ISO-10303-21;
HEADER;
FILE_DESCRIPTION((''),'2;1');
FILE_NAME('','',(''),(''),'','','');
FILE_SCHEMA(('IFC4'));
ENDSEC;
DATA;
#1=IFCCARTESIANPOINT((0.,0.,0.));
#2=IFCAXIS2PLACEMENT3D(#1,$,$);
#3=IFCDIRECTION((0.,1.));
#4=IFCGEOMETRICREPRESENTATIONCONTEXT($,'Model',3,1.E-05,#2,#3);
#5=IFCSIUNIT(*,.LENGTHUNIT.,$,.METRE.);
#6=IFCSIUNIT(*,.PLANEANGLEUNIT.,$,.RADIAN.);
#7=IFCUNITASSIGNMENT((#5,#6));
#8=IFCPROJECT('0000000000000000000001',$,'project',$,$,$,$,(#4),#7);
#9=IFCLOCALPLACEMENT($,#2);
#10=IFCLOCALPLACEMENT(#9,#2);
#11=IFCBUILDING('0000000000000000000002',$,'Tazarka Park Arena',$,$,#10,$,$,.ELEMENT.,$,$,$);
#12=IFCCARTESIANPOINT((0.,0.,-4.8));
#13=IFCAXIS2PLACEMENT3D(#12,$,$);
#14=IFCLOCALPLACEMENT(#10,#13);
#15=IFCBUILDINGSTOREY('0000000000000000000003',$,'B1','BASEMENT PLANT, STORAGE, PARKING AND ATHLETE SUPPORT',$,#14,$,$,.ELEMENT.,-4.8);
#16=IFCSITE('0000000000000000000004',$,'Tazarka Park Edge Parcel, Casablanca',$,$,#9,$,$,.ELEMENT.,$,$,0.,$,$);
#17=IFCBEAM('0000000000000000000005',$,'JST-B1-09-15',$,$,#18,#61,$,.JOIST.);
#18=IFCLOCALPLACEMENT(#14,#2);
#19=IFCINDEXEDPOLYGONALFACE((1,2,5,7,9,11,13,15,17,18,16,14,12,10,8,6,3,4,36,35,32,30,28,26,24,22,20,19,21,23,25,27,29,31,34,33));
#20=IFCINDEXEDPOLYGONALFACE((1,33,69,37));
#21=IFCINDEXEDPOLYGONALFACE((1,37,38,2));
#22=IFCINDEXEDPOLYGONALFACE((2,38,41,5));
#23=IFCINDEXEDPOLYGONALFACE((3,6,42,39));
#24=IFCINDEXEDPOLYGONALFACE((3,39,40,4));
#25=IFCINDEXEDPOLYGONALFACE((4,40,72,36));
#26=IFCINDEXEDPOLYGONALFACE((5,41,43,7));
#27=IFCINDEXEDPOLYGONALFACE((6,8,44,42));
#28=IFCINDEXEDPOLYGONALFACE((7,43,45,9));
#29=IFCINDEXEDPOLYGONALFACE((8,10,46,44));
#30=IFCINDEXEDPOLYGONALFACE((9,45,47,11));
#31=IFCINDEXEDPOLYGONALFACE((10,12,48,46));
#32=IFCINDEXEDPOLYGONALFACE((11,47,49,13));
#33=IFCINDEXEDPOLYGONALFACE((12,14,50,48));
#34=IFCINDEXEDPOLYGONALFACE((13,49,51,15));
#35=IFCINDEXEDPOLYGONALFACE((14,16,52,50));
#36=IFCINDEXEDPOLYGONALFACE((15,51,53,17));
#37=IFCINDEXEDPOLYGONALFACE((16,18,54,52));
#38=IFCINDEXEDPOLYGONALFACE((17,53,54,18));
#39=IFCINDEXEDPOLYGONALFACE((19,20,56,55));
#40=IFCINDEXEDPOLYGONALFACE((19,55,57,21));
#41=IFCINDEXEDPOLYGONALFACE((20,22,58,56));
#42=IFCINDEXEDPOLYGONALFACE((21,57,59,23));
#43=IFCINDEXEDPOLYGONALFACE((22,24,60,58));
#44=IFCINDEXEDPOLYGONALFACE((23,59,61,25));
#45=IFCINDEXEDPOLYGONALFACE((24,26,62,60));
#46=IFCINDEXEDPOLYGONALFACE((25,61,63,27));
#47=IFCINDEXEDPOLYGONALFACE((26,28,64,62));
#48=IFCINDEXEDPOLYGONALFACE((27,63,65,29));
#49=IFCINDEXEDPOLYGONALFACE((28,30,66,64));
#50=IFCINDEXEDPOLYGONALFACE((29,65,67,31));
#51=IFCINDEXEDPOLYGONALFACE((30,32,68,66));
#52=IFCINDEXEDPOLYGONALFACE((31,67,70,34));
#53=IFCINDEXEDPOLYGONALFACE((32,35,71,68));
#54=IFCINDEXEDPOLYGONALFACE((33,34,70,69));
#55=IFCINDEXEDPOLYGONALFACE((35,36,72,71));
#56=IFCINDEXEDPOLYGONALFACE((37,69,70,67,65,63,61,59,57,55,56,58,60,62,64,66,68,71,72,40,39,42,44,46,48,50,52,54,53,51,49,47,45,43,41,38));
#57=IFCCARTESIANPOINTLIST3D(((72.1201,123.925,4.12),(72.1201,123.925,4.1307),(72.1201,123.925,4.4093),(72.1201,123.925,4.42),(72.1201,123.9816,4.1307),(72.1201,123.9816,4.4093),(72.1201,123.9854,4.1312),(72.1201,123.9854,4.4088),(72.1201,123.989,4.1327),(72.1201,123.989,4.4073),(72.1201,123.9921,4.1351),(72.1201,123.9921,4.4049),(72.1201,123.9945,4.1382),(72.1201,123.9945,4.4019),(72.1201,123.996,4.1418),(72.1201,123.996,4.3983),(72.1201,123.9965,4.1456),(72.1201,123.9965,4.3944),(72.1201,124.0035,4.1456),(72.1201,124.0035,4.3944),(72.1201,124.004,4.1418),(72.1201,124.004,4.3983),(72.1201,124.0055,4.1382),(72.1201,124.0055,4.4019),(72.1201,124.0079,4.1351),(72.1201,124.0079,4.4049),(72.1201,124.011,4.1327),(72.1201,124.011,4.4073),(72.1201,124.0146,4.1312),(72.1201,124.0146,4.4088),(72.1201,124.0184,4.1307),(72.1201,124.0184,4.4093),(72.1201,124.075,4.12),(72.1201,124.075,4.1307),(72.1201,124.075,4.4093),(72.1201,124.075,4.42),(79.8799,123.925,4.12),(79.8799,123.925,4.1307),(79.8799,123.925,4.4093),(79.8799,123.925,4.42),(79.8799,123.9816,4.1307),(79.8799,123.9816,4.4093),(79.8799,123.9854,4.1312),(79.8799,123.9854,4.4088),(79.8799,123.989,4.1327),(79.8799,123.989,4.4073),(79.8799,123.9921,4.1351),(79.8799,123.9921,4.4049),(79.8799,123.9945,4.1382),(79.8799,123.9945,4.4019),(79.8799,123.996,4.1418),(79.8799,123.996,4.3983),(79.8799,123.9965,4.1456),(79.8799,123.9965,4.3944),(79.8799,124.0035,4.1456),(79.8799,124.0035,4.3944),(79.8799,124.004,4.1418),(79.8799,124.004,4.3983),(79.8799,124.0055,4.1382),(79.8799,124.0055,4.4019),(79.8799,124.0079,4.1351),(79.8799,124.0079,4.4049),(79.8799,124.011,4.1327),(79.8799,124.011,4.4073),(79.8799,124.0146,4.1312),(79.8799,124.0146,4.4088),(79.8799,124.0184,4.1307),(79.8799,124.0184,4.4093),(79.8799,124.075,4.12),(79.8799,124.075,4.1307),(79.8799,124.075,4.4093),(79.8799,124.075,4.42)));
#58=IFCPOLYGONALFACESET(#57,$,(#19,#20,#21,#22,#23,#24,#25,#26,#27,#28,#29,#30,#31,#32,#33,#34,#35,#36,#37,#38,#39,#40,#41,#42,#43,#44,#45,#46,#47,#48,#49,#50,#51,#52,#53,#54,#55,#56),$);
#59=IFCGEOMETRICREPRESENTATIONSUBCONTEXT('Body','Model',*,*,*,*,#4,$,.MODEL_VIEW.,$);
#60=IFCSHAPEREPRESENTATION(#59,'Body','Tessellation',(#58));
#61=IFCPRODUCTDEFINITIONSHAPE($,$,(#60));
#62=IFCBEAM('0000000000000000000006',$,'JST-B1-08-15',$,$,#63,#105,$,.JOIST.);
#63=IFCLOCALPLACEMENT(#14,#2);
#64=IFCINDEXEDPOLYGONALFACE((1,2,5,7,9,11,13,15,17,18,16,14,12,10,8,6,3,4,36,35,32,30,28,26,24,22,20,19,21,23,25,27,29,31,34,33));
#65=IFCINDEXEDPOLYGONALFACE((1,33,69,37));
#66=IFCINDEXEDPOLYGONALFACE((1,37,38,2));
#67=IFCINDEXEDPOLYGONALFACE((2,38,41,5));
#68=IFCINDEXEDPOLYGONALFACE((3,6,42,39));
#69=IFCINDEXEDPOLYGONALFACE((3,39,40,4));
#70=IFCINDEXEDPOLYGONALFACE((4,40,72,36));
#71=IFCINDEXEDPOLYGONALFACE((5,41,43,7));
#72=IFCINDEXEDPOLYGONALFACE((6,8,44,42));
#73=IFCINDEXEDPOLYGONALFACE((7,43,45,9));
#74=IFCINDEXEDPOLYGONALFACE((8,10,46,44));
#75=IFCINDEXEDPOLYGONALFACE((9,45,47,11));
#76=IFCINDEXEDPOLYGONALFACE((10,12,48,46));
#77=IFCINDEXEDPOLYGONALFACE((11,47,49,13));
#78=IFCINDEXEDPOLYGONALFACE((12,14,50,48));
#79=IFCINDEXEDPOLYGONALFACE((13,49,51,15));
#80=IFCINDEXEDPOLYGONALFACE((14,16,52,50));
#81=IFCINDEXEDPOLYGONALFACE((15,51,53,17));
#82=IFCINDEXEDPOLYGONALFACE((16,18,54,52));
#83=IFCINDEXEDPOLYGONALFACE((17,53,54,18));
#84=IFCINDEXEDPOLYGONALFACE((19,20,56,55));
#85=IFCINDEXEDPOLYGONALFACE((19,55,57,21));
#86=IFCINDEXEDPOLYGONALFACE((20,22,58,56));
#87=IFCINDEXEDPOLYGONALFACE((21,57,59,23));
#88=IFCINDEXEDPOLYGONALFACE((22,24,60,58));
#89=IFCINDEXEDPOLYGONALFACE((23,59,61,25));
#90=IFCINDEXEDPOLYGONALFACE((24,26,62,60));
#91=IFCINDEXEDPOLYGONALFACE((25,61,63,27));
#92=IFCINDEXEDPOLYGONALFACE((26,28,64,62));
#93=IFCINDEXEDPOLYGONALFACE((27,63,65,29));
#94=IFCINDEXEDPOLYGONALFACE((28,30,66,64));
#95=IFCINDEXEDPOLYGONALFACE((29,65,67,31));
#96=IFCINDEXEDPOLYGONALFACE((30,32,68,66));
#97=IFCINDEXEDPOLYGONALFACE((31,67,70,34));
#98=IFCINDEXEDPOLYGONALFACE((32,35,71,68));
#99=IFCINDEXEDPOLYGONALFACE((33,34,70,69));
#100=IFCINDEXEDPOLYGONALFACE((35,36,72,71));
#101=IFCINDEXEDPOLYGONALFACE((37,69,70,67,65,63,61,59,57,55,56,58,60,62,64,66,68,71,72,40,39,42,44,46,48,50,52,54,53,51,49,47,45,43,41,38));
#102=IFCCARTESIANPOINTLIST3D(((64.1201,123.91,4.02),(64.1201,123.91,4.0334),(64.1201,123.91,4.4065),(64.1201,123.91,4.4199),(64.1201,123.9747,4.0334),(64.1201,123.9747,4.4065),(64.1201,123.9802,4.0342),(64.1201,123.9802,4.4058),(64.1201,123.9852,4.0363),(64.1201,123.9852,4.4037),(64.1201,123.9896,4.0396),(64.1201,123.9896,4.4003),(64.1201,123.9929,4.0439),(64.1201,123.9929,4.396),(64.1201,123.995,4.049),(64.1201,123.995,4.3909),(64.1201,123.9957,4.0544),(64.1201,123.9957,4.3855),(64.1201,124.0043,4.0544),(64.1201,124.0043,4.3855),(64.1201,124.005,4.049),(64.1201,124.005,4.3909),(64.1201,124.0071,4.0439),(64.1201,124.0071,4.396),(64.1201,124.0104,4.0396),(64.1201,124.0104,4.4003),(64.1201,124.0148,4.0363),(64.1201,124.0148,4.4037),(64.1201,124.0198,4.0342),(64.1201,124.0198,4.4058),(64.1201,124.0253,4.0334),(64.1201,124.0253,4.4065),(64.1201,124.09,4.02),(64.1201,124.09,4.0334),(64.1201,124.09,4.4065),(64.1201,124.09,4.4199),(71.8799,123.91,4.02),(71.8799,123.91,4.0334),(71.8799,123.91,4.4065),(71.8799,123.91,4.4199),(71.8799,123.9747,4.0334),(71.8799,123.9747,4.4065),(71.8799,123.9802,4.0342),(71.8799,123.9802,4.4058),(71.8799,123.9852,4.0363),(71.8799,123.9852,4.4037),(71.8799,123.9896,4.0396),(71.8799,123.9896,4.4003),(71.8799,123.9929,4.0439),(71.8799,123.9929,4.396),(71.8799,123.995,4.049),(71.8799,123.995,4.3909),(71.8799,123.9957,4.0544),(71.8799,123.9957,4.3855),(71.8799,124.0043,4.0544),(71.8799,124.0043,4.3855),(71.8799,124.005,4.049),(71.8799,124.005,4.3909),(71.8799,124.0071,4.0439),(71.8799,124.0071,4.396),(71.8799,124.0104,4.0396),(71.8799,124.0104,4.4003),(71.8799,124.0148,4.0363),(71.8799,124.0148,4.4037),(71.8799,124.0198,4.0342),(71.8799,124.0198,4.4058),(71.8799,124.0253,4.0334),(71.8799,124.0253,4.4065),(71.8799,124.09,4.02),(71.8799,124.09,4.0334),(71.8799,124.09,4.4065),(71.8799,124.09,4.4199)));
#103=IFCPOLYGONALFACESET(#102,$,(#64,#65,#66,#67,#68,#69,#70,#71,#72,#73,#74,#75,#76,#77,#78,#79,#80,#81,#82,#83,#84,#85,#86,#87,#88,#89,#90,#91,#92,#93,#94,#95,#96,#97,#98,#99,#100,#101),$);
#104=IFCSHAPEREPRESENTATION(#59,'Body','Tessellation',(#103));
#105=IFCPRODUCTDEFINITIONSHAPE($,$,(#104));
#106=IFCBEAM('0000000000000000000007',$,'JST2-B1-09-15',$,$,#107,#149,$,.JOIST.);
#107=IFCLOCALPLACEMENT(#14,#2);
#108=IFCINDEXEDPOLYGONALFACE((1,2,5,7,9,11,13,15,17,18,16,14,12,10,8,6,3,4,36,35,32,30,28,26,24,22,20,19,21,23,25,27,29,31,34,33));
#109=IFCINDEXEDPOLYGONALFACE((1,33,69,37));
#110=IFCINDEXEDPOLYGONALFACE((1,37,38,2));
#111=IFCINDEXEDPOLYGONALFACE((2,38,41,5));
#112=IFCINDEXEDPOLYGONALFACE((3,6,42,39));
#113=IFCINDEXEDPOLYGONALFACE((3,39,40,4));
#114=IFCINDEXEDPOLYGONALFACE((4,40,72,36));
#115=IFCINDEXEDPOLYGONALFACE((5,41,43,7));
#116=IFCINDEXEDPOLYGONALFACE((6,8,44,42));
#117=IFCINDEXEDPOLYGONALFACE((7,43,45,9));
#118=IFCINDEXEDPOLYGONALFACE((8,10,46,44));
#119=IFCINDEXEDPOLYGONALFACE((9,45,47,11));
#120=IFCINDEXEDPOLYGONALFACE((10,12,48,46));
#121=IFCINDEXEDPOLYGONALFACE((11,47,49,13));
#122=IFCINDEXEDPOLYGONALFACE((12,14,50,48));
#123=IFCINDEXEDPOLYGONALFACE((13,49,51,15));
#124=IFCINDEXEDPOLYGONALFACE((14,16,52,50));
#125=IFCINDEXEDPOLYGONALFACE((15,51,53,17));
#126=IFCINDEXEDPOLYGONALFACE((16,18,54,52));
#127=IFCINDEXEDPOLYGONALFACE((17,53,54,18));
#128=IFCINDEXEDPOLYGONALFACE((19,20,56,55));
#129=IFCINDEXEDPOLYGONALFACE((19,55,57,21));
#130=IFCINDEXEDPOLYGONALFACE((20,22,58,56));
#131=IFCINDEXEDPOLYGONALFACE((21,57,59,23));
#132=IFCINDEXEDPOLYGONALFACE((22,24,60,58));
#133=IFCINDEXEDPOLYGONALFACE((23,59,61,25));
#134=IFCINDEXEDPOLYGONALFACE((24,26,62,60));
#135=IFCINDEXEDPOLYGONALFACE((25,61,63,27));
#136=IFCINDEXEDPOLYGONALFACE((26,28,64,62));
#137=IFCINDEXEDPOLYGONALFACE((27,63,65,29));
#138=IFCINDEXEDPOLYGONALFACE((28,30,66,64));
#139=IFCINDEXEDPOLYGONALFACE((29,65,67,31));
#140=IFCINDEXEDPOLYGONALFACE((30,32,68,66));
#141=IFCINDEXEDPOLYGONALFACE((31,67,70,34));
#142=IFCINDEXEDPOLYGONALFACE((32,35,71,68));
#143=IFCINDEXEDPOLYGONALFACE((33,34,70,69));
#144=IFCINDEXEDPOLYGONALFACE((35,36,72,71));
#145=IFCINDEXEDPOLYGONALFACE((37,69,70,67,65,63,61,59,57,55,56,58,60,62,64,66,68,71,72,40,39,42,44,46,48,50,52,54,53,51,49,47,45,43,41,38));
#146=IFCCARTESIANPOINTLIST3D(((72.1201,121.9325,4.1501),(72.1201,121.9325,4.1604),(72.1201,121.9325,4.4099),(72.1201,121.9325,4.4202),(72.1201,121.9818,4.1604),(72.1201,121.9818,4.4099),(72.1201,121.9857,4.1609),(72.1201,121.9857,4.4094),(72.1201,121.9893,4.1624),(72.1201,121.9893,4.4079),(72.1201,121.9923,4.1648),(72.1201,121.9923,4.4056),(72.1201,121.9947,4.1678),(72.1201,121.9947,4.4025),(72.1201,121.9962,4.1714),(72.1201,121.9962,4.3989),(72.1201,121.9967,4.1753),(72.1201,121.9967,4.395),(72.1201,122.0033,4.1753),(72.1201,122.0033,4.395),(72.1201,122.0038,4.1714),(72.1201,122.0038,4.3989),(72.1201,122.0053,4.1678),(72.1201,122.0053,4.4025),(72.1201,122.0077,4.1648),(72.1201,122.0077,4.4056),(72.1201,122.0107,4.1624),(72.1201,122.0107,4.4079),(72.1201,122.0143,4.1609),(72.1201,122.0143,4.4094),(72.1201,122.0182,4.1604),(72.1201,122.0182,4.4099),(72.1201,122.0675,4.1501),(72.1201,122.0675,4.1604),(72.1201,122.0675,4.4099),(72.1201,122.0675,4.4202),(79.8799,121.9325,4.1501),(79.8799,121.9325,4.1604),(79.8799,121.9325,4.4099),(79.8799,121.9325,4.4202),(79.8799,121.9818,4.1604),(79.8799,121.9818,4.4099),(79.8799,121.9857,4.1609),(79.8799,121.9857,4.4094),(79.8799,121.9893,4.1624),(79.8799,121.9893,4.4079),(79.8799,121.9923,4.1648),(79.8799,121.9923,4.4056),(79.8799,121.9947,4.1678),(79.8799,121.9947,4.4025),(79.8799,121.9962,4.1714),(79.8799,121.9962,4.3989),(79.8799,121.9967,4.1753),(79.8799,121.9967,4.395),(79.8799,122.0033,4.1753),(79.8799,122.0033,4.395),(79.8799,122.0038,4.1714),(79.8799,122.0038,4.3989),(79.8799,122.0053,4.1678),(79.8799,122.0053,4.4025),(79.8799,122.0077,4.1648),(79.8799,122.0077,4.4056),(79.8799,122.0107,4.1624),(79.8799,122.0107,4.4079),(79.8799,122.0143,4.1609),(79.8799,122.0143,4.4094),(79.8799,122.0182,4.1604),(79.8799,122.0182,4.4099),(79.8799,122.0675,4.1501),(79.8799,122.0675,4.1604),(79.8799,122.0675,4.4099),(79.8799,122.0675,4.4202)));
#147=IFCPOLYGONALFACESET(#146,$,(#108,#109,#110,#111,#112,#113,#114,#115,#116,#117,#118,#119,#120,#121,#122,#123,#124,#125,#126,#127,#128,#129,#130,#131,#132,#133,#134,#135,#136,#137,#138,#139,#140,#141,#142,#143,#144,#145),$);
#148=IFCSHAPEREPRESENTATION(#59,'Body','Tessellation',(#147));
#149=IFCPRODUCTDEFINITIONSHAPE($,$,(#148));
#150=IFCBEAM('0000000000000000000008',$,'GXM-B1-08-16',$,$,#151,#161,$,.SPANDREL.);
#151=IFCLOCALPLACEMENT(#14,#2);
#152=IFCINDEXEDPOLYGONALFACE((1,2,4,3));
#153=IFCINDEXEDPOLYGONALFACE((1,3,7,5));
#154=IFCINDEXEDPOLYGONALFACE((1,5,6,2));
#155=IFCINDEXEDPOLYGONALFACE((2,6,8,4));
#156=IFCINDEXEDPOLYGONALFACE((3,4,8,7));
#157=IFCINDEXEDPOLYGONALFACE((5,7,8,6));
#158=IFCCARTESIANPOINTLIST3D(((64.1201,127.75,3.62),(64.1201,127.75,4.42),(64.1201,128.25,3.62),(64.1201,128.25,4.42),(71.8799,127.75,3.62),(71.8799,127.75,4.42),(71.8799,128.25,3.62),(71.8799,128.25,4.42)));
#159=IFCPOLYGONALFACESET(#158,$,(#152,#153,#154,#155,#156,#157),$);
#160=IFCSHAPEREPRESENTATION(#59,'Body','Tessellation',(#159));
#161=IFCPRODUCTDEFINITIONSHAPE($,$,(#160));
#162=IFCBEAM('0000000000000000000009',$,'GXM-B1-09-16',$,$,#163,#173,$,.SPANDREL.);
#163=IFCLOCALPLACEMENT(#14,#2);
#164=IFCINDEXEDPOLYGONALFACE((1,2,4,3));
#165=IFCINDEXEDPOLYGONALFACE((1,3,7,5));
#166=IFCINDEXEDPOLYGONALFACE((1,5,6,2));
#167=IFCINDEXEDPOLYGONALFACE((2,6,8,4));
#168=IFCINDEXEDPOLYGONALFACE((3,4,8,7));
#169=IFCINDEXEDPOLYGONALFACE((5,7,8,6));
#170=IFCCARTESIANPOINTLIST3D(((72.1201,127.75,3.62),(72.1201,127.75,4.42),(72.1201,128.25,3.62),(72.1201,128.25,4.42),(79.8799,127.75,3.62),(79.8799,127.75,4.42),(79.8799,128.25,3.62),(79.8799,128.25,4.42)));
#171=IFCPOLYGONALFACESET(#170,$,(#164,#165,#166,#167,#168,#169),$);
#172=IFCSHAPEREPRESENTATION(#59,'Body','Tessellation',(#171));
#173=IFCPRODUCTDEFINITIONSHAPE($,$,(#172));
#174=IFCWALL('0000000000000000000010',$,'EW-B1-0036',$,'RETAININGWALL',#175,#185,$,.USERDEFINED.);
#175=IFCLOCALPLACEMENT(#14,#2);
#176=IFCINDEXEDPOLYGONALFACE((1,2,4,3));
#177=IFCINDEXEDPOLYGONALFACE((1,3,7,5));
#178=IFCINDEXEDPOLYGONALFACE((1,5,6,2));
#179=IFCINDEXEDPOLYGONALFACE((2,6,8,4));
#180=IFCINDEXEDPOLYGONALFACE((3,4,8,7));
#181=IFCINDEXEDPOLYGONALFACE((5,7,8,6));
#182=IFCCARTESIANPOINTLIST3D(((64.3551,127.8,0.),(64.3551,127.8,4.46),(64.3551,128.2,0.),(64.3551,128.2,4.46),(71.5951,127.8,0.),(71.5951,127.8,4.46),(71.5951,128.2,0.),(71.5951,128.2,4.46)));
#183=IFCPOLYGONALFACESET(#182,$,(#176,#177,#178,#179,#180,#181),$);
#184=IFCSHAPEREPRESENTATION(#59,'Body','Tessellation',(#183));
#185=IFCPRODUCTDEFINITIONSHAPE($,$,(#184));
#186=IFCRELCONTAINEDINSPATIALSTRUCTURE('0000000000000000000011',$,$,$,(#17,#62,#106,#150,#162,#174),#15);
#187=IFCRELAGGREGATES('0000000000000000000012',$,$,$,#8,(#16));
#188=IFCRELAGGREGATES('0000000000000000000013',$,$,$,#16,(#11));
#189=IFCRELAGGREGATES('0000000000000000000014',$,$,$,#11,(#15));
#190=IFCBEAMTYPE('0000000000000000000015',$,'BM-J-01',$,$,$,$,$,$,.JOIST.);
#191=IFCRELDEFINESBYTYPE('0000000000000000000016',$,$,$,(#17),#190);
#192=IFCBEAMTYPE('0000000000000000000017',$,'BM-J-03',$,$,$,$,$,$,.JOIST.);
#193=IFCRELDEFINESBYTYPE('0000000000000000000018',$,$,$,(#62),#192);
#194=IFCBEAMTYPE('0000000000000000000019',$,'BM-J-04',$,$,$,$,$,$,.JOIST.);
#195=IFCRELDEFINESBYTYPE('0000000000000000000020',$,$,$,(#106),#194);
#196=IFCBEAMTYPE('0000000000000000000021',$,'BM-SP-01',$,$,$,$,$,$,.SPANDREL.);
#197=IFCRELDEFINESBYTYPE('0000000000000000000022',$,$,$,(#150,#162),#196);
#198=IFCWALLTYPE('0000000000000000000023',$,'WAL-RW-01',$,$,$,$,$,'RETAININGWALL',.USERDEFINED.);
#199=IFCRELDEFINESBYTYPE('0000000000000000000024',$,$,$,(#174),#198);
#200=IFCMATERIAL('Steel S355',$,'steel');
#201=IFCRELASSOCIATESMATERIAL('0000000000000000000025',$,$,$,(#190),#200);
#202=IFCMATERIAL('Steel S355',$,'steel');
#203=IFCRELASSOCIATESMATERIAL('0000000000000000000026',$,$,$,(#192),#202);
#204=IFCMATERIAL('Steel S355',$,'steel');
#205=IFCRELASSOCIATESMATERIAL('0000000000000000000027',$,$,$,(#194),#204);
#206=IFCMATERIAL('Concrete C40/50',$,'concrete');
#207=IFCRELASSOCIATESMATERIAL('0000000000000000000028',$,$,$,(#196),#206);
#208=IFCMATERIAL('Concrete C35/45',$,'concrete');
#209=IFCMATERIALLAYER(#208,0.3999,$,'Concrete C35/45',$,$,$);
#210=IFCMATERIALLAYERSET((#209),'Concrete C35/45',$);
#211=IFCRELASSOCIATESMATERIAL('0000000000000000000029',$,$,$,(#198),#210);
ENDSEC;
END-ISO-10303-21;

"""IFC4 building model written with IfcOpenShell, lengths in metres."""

from ifc_helpers import new_model, si_unit, direction, frame, frame_2d, origin, origin_2d, place, context, subcontext, project, spatial, rectangle, i_section, extrude, material, layer, layer_set, material_profile, profile_set, type_object, element, save


model = new_model("IFC4")

# Units and contexts
model_context = context("Model", 3, precision=1e-05, world=origin(), true_north=direction((0.0, 1.0)))
body_context = subcontext(model_context, "Body", "Model", "MODEL_VIEW")
ifc_project = project(units=[si_unit("LENGTHUNIT", "METRE"), si_unit("PLANEANGLEUNIT", "RADIAN")], contexts=[model_context])

# Site, building, storey
site_placement = place(None, origin())
site = spatial("IfcSite", under=ifc_project, at=site_placement, Name="Tazarka Park Edge Parcel, Casablanca", CompositionType="ELEMENT", RefElevation=0.0)
building_placement = place(site_placement, origin())
building = spatial("IfcBuilding", under=site, at=building_placement, Name="Tazarka Park Arena", CompositionType="ELEMENT")
storey_placement = place(building_placement, frame((0.0, 0.0, -4.8)))
storey = spatial("IfcBuildingStorey", under=building, at=storey_placement, Name="B1", Description="BASEMENT PLANT, STORAGE, PARKING AND ATHLETE SUPPORT", CompositionType="ELEMENT", Elevation=-4.8)

# Beams
ifc_material_1 = material(Name="Steel S355", Category="steel")
ifc_material_profile_1 = material_profile(ifc_material_1, i_section(OverallWidth=0.1499, OverallDepth=0.3, WebThickness=0.0071, FlangeThickness=0.0107, FilletRadius=0.0149, at=origin_2d()), Name="Steel S355")
ifc_profile_set_1 = profile_set([ifc_material_profile_1], Name="Steel S355")
beam_type_1 = type_object("IfcBeamType", Name="BM-J-01", PredefinedType="JOIST", material=ifc_profile_set_1)
beam_1_placement = place(storey_placement, frame((72.1201, 124.0, 4.27), z_axis=(1.0, 0.0, 0.0), x_axis=(0.0, 1.0, 0.0)))
element("IfcBeam", 1, at=beam_1_placement, inside=storey, type_object=beam_type_1, Name="JST-B1-09-15", PredefinedType="JOIST", context=body_context, shape_type="SweptSolid", body=[
    extrude(i_section(OverallWidth=0.1499, OverallDepth=0.3, WebThickness=0.0071, FlangeThickness=0.0107, FilletRadius=0.0149, at=origin_2d()), origin(), (0.0, 0.0, 1.0), 7.7598),
])
ifc_material_2 = material(Name="Steel S355", Category="steel")
ifc_material_profile_2 = material_profile(ifc_material_2, i_section(OverallWidth=0.1799, OverallDepth=0.3999, WebThickness=0.0085, FlangeThickness=0.0134, FilletRadius=0.021, at=origin_2d()), Name="Steel S355")
ifc_profile_set_2 = profile_set([ifc_material_profile_2], Name="Steel S355")
beam_type_2 = type_object("IfcBeamType", Name="BM-J-03", PredefinedType="JOIST", material=ifc_profile_set_2)
beam_2_placement = place(storey_placement, frame((64.1201, 124.0, 4.22), z_axis=(1.0, 0.0, 0.0), x_axis=(0.0, 1.0, 0.0)))
element("IfcBeam", 2, at=beam_2_placement, inside=storey, type_object=beam_type_2, Name="JST-B1-08-15", PredefinedType="JOIST", context=body_context, shape_type="SweptSolid", body=[
    extrude(i_section(OverallWidth=0.1799, OverallDepth=0.3999, WebThickness=0.0085, FlangeThickness=0.0134, FilletRadius=0.021, at=origin_2d()), origin(), (0.0, 0.0, 1.0), 7.7598),
])
ifc_material_3 = material(Name="Steel S355", Category="steel")
ifc_material_profile_3 = material_profile(ifc_material_3, i_section(OverallWidth=0.135, OverallDepth=0.27, WebThickness=0.0066, FlangeThickness=0.0103, FilletRadius=0.0149, at=origin_2d()), Name="Steel S355")
ifc_profile_set_3 = profile_set([ifc_material_profile_3], Name="Steel S355")
beam_type_3 = type_object("IfcBeamType", Name="BM-J-04", PredefinedType="JOIST", material=ifc_profile_set_3)
beam_3_placement = place(storey_placement, frame((72.1201, 122.0, 4.2852), z_axis=(1.0, 0.0, 0.0), x_axis=(0.0, 1.0, 0.0)))
element("IfcBeam", 3, at=beam_3_placement, inside=storey, type_object=beam_type_3, Name="JST2-B1-09-15", PredefinedType="JOIST", context=body_context, shape_type="SweptSolid", body=[
    extrude(i_section(OverallWidth=0.135, OverallDepth=0.27, WebThickness=0.0066, FlangeThickness=0.0103, FilletRadius=0.0149, at=origin_2d()), origin(), (0.0, 0.0, 1.0), 7.7598),
])
ifc_material_4 = material(Name="Concrete C40/50", Category="concrete")
ifc_material_profile_4 = material_profile(ifc_material_4, rectangle(XDim=0.5, YDim=0.8, at=origin_2d()), Name="Concrete C40/50")
ifc_profile_set_4 = profile_set([ifc_material_profile_4], Name="Concrete C40/50")
beam_type_4 = type_object("IfcBeamType", Name="BM-SP-01", PredefinedType="SPANDREL", material=ifc_profile_set_4)
for number, where, z_axis, x_axis, name in (
    (4, (64.1201, 128.0, 4.02), (1.0, 0.0, 0.0), (0.0, 1.0, 0.0), "GXM-B1-08-16"),
    (5, (72.1201, 128.0, 4.02), (1.0, 0.0, 0.0), (0.0, 1.0, 0.0), "GXM-B1-09-16"),
):
    element("IfcBeam", number, at=place(storey_placement, frame(where, z_axis=z_axis, x_axis=x_axis)), inside=storey, type_object=beam_type_4, Name=name, PredefinedType="SPANDREL", context=body_context, shape_type="SweptSolid", body=[
        extrude(rectangle(XDim=0.5, YDim=0.8, at=origin_2d()), origin(), (0.0, 0.0, 1.0), 7.7598),
    ])

# Wall
ifc_material_5 = material(Name="Concrete C35/45", Category="concrete")
ifc_layer_1 = layer(ifc_material_5, 0.3999, Name="Concrete C35/45")
ifc_layer_set_1 = layer_set([ifc_layer_1], Name="Concrete C35/45")
wall_type_1 = type_object("IfcWallType", Name="WAL-RW-01", ElementType="RETAININGWALL", PredefinedType="USERDEFINED", material=ifc_layer_set_1)
wall_1_placement = place(storey_placement, frame((64.355, 128.0, 0.0), z_axis=(0.0, 0.0, 1.0), x_axis=(1.0, 0.0, 0.0)))
element("IfcWall", 6, at=wall_1_placement, inside=storey, type_object=wall_type_1, Name="EW-B1-0036", ObjectType="RETAININGWALL", PredefinedType="USERDEFINED", context=body_context, shape_type="SweptSolid", body=[
    extrude(rectangle(XDim=7.24, YDim=0.3999, at=frame_2d((3.6201, 0.0))), origin(), (0.0, 0.0, 1.0), 4.46),
])

save(model, "model.ifc")
